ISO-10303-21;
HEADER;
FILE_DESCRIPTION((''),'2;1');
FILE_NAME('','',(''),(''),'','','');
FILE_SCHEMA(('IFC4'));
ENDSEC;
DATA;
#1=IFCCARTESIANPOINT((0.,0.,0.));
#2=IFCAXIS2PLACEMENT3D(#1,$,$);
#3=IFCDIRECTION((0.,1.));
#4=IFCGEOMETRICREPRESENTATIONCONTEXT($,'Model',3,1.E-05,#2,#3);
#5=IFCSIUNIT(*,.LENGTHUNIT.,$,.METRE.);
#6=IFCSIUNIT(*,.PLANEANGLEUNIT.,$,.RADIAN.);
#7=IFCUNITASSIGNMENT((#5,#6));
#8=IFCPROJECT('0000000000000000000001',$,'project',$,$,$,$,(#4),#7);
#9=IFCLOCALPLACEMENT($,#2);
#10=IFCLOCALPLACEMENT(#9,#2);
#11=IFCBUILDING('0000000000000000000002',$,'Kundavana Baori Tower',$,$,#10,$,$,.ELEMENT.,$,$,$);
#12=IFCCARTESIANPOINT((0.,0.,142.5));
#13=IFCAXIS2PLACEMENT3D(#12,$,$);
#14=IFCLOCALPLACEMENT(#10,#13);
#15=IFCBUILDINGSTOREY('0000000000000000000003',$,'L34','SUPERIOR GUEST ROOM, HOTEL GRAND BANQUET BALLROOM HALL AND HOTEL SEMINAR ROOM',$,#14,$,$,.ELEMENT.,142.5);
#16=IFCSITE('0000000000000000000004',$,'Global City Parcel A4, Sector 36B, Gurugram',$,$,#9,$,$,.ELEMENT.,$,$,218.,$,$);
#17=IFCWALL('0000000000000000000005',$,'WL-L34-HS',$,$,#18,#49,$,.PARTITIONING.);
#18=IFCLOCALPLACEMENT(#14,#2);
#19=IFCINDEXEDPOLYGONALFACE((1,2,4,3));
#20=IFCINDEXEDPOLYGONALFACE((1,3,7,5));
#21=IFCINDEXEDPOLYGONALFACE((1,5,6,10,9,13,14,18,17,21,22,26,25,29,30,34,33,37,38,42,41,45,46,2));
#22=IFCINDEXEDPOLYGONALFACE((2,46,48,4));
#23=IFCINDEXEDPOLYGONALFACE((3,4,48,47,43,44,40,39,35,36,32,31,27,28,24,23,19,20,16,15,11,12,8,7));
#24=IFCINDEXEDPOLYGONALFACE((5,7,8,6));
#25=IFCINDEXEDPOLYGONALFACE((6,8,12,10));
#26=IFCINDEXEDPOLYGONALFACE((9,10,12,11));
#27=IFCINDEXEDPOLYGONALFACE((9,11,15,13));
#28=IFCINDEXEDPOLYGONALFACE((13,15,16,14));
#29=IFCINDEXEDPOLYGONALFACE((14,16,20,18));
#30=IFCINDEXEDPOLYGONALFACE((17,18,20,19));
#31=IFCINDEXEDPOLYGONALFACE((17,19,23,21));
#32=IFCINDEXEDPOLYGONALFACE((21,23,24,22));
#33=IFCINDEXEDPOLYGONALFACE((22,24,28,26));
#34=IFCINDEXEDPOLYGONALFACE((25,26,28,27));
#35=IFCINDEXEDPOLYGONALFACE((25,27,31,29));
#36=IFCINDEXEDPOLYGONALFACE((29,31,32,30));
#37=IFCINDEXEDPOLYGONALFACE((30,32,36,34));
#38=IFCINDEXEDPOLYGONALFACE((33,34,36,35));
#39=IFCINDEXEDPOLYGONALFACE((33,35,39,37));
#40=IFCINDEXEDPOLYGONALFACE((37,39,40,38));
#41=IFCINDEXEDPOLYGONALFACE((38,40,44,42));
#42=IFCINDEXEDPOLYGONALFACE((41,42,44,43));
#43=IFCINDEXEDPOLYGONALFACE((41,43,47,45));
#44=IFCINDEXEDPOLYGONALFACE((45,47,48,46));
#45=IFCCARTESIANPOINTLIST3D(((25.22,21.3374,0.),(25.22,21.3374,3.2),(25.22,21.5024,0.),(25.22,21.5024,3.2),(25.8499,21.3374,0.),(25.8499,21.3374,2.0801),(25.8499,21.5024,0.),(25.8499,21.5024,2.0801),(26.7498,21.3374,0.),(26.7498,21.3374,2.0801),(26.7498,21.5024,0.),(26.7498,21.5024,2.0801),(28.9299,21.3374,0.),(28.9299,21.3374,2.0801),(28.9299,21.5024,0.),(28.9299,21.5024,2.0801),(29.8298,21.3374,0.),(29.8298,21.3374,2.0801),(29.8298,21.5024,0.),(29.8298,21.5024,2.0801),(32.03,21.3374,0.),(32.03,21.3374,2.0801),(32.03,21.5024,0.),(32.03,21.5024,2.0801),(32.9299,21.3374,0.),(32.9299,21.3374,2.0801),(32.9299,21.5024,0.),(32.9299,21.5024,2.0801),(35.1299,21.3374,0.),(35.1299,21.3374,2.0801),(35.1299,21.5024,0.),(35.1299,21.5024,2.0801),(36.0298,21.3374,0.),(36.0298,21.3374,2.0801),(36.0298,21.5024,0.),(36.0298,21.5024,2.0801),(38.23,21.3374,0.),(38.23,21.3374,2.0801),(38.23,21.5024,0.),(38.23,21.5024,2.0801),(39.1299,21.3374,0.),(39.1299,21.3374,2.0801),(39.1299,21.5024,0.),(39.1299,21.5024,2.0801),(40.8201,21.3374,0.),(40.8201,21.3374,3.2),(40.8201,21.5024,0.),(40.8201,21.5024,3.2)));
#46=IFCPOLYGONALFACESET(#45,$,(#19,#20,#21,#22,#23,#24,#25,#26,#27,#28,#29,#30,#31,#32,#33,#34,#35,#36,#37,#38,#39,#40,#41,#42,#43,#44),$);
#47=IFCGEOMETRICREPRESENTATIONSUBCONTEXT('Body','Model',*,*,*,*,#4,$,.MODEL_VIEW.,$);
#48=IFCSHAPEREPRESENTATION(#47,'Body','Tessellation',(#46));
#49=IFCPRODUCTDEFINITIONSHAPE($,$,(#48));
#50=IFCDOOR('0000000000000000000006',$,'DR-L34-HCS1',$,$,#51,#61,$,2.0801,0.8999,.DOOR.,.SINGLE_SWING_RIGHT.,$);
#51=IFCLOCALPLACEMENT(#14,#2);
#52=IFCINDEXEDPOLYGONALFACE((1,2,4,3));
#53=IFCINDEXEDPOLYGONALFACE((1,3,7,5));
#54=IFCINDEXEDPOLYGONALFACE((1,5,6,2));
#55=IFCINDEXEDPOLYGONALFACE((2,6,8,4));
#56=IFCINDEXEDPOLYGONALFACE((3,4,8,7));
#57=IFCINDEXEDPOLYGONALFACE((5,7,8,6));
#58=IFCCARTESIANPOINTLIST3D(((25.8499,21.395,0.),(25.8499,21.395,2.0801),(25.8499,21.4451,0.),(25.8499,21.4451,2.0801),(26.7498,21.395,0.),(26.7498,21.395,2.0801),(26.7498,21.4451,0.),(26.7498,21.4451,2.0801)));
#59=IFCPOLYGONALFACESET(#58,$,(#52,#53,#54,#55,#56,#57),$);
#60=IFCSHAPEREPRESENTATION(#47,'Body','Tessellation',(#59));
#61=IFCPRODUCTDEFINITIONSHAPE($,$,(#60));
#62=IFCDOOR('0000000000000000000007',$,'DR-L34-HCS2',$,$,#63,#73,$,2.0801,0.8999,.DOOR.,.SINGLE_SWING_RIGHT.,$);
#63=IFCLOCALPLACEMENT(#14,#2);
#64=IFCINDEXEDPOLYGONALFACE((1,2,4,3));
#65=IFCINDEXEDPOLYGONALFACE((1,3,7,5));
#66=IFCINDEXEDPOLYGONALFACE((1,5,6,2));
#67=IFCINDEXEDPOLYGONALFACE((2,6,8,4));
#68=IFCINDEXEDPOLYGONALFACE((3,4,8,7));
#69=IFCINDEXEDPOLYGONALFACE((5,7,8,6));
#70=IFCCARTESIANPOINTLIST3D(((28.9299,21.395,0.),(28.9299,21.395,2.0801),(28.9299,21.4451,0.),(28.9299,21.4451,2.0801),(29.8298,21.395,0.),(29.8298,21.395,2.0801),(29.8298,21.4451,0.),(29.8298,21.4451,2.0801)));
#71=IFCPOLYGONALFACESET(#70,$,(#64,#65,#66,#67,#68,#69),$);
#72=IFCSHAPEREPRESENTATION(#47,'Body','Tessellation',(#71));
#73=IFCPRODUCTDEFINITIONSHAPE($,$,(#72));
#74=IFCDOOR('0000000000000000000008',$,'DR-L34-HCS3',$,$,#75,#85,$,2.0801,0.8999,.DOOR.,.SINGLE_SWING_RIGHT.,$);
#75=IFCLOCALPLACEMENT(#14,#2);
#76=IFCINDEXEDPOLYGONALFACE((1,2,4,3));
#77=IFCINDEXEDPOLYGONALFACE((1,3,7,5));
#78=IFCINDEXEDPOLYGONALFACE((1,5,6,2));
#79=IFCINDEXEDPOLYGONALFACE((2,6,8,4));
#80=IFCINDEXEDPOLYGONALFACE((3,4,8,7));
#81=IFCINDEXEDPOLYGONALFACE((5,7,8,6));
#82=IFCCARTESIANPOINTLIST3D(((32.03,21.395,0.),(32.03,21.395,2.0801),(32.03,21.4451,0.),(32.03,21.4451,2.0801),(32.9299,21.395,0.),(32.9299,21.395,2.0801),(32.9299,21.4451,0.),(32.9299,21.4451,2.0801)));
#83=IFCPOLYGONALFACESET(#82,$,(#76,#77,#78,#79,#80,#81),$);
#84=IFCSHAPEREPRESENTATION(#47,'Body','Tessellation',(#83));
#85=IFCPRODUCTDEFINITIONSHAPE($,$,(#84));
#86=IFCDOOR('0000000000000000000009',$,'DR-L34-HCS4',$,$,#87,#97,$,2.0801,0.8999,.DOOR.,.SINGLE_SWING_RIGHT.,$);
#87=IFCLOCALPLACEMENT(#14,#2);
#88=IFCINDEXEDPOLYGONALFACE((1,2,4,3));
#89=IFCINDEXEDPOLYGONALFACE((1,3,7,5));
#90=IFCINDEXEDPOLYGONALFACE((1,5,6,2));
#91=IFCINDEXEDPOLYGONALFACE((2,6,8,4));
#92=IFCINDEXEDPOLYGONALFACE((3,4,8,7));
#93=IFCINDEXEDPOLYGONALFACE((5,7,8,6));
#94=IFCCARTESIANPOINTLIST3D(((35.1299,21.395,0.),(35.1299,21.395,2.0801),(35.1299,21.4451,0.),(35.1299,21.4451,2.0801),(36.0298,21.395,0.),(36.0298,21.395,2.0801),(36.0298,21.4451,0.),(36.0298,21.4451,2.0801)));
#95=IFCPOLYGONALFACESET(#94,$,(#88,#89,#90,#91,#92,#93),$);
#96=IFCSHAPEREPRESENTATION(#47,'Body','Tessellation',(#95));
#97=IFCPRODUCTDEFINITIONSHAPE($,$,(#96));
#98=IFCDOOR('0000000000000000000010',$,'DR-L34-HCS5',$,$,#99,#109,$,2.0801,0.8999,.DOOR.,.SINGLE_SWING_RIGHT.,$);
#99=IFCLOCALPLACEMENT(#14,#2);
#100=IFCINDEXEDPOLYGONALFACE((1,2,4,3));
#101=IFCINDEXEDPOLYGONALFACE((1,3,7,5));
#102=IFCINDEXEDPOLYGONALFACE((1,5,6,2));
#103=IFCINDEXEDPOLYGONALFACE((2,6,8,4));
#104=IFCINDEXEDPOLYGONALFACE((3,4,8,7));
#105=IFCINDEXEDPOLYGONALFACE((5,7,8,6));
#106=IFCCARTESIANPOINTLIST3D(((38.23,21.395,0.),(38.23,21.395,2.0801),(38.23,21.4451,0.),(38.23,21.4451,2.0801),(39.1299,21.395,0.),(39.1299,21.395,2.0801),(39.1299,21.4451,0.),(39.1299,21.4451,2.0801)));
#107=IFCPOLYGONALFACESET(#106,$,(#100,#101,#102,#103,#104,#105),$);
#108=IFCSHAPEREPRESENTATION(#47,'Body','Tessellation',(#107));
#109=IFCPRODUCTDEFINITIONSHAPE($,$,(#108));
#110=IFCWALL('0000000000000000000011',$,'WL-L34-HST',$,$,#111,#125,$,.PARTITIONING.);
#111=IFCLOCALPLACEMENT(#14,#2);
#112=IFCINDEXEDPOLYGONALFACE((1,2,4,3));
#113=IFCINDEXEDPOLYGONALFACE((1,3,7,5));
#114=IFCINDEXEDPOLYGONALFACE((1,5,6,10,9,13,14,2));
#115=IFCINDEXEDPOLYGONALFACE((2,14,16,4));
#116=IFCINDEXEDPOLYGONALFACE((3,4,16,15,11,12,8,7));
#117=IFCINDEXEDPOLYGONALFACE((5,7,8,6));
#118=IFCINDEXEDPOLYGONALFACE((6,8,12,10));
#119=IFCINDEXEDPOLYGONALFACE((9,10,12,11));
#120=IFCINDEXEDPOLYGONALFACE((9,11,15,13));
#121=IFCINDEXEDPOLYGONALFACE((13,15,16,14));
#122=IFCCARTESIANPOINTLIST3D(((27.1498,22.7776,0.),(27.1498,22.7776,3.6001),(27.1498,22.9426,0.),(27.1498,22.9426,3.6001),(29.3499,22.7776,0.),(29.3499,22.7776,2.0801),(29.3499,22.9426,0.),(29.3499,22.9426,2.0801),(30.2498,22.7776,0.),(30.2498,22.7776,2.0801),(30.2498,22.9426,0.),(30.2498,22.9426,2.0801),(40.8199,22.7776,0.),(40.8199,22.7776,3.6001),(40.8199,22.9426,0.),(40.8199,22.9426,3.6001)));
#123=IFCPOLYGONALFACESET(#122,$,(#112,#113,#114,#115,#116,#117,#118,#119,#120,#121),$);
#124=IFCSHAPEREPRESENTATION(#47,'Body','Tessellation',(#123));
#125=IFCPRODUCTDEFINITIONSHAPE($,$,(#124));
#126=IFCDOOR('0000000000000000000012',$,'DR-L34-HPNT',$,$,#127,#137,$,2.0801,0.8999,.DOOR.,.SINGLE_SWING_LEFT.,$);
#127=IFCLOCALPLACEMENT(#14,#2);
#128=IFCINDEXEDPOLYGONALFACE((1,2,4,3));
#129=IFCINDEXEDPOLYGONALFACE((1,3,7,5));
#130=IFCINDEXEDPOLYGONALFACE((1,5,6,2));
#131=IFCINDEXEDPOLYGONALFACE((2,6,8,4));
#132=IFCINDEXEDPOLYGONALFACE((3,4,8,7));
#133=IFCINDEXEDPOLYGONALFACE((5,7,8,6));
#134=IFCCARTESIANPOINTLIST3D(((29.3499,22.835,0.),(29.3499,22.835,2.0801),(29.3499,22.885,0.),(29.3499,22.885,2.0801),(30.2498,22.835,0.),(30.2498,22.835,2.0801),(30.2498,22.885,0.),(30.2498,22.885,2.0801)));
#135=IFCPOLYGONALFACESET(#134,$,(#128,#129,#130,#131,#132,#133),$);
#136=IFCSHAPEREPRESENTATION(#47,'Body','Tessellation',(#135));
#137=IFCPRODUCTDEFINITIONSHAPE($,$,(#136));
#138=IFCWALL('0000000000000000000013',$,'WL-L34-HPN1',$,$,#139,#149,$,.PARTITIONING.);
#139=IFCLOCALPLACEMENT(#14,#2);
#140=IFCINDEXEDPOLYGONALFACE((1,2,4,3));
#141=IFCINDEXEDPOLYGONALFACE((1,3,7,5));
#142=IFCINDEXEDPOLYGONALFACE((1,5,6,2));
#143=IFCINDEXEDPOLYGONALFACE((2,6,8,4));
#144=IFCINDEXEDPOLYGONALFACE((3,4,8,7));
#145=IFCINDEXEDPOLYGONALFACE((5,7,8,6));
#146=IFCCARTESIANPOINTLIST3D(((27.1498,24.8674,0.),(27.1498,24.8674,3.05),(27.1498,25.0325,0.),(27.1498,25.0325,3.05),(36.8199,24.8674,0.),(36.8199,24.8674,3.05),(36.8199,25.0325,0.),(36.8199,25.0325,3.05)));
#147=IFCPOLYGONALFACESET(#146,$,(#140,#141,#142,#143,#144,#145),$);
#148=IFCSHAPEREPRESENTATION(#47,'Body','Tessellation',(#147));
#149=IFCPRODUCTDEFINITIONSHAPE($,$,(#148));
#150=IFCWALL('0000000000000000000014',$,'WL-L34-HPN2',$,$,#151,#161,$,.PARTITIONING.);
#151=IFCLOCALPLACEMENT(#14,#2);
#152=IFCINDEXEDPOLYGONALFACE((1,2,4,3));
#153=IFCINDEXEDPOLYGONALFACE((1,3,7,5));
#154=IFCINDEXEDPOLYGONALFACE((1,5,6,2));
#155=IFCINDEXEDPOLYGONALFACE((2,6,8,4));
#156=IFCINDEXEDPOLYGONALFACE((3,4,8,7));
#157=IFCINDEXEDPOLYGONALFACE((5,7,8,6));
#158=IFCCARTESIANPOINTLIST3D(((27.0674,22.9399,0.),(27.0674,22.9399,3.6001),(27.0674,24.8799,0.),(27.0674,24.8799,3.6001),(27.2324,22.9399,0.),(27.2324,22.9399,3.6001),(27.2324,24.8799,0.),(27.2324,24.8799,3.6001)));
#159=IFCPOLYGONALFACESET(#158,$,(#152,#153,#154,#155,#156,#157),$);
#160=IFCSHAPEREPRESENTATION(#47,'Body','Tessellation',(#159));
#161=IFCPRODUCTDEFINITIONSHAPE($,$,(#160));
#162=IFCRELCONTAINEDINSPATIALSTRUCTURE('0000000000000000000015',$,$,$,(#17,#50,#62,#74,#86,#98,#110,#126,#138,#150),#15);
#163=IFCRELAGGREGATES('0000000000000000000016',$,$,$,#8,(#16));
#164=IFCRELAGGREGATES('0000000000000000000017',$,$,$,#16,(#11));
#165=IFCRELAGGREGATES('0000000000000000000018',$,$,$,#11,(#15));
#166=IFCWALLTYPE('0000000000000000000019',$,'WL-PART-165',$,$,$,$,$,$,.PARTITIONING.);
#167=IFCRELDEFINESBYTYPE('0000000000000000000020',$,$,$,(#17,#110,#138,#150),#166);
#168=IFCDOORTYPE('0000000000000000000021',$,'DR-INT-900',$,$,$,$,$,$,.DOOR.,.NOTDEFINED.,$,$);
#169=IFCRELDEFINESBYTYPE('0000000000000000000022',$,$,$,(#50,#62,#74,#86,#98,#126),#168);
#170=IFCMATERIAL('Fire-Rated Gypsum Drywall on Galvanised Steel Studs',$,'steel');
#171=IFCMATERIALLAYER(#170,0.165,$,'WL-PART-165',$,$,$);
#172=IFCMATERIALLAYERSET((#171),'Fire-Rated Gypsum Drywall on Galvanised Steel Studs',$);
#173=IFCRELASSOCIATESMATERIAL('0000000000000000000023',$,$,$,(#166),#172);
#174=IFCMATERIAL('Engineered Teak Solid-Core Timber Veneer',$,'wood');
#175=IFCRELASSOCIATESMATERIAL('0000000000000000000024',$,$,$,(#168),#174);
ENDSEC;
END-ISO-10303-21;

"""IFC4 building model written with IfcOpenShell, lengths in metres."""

from ifc_helpers import new_model, si_unit, direction, frame, frame_2d, origin, place, context, subcontext, project, spatial, rectangle, extrude, material, layer, layer_set, type_object, element, fill, save


model = new_model("IFC4")

# Units and contexts
model_context = context("Model", 3, precision=1e-05, world=origin(), true_north=direction((0.0, 1.0)))
body_context = subcontext(model_context, "Body", "Model", "MODEL_VIEW")
ifc_project = project(units=[si_unit("LENGTHUNIT", "METRE"), si_unit("PLANEANGLEUNIT", "RADIAN")], contexts=[model_context])

# Site, building, storey
site_placement = place(None, origin())
site = spatial("IfcSite", under=ifc_project, at=site_placement, Name="Global City Parcel A4, Sector 36B, Gurugram", CompositionType="ELEMENT", RefElevation=218.0)
building_placement = place(site_placement, origin())
building = spatial("IfcBuilding", under=site, at=building_placement, Name="Kundavana Baori Tower", CompositionType="ELEMENT")
storey_placement = place(building_placement, frame((0.0, 0.0, 142.5)))
storey = spatial("IfcBuildingStorey", under=building, at=storey_placement, Name="L34", Description="SUPERIOR GUEST ROOM, HOTEL GRAND BANQUET BALLROOM HALL AND HOTEL SEMINAR ROOM", CompositionType="ELEMENT", Elevation=142.5)

# Wall, openings, doors
ifc_material_1 = material(Name="Fire-Rated Gypsum Drywall on Galvanised Steel Studs", Category="steel")
ifc_layer = layer(ifc_material_1, 0.165, Name="WL-PART-165")
ifc_layer_set = layer_set([ifc_layer], Name="Fire-Rated Gypsum Drywall on Galvanised Steel Studs")
wall_type = type_object("IfcWallType", Name="WL-PART-165", PredefinedType="PARTITIONING", material=ifc_layer_set)
wall_1_placement = place(storey_placement, frame((25.22, 21.4199, 0.0), z_axis=(0.0, 0.0, 1.0), x_axis=(1.0, 0.0, 0.0)))
wall_1 = element("IfcWall", 1, at=wall_1_placement, inside=storey, type_object=wall_type, Name="WL-L34-HS", PredefinedType="PARTITIONING", context=body_context, shape_type="SweptSolid", body=[
    extrude(rectangle(XDim=15.6001, YDim=0.165, at=frame_2d((7.8, 0.0))), origin(), (0.0, 0.0, 1.0), 3.2),
])
opening_1_placement = place(wall_1_placement, frame((0.6299, 0.0, 0.0)))
opening_1 = element("IfcOpeningElement", 2, at=opening_1_placement, cuts=wall_1, PredefinedType="OPENING", context=body_context, shape_type="SweptSolid", body=[
    extrude(rectangle(XDim=0.8999, YDim=2.0801, at=frame_2d((0.45, 1.04))), frame((0.0, 0.0925, 0.0), z_axis=(0.0, -1.0, 0.0), x_axis=(1.0, 0.0, 0.0)), (0.0, 0.0, 1.0), 0.1851),
])
opening_2_placement = place(wall_1_placement, frame((3.71, 0.0, 0.0)))
opening_2 = element("IfcOpeningElement", 3, at=opening_2_placement, cuts=wall_1, PredefinedType="OPENING", context=body_context, shape_type="SweptSolid", body=[
    extrude(rectangle(XDim=0.8999, YDim=2.0801, at=frame_2d((0.45, 1.04))), frame((0.0, 0.0925, 0.0), z_axis=(0.0, -1.0, 0.0), x_axis=(1.0, 0.0, 0.0)), (0.0, 0.0, 1.0), 0.1851),
])
opening_3_placement = place(wall_1_placement, frame((6.8101, 0.0, 0.0)))
opening_3 = element("IfcOpeningElement", 4, at=opening_3_placement, cuts=wall_1, PredefinedType="OPENING", context=body_context, shape_type="SweptSolid", body=[
    extrude(rectangle(XDim=0.8999, YDim=2.0801, at=frame_2d((0.45, 1.04))), frame((0.0, 0.0925, 0.0), z_axis=(0.0, -1.0, 0.0), x_axis=(1.0, 0.0, 0.0)), (0.0, 0.0, 1.0), 0.1851),
])
opening_4_placement = place(wall_1_placement, frame((9.9099, 0.0, 0.0)))
opening_4 = element("IfcOpeningElement", 5, at=opening_4_placement, cuts=wall_1, PredefinedType="OPENING", context=body_context, shape_type="SweptSolid", body=[
    extrude(rectangle(XDim=0.8999, YDim=2.0801, at=frame_2d((0.45, 1.04))), frame((0.0, 0.0925, 0.0), z_axis=(0.0, -1.0, 0.0), x_axis=(1.0, 0.0, 0.0)), (0.0, 0.0, 1.0), 0.1851),
])
opening_5_placement = place(wall_1_placement, frame((13.01, 0.0, 0.0)))
opening_5 = element("IfcOpeningElement", 6, at=opening_5_placement, cuts=wall_1, PredefinedType="OPENING", context=body_context, shape_type="SweptSolid", body=[
    extrude(rectangle(XDim=0.8999, YDim=2.0801, at=frame_2d((0.45, 1.04))), frame((0.0, 0.0925, 0.0), z_axis=(0.0, -1.0, 0.0), x_axis=(1.0, 0.0, 0.0)), (0.0, 0.0, 1.0), 0.1851),
])
ifc_material_2 = material(Name="Engineered Teak Solid-Core Timber Veneer", Category="wood")
door_type_1 = type_object("IfcDoorType", Name="DR-INT-900", OperationType="NOTDEFINED", PredefinedType="DOOR", material=ifc_material_2)
door_1_placement = place(opening_1_placement, frame((0.8999, 0.0, 0.0), z_axis=(0.0, 0.0, 1.0), x_axis=(-1.0, 0.0, 0.0)))
door_1 = element("IfcDoor", 7, at=door_1_placement, inside=storey, type_object=door_type_1, Name="DR-L34-HCS1", OperationType="SINGLE_SWING_RIGHT", OverallHeight=2.0801, OverallWidth=0.8999, PredefinedType="DOOR", context=body_context, shape_type="SweptSolid", body=[
    extrude(rectangle(XDim=0.8999, YDim=2.0801, at=frame_2d((0.45, 1.04))), frame((0.0, 0.0249, 0.0), z_axis=(0.0, -1.0, 0.0), x_axis=(1.0, 0.0, 0.0)), (0.0, 0.0, 1.0), 0.05),
])
fill(opening_1, door_1)
door_2_placement = place(opening_2_placement, frame((0.8999, 0.0, 0.0), z_axis=(0.0, 0.0, 1.0), x_axis=(-1.0, 0.0, 0.0)))
door_2 = element("IfcDoor", 8, at=door_2_placement, inside=storey, type_object=door_type_1, Name="DR-L34-HCS2", OperationType="SINGLE_SWING_RIGHT", OverallHeight=2.0801, OverallWidth=0.8999, PredefinedType="DOOR", context=body_context, shape_type="SweptSolid", body=[
    extrude(rectangle(XDim=0.8999, YDim=2.0801, at=frame_2d((0.45, 1.04))), frame((0.0, 0.0249, 0.0), z_axis=(0.0, -1.0, 0.0), x_axis=(1.0, 0.0, 0.0)), (0.0, 0.0, 1.0), 0.05),
])
fill(opening_2, door_2)
door_3_placement = place(opening_3_placement, frame((0.8999, 0.0, 0.0), z_axis=(0.0, 0.0, 1.0), x_axis=(-1.0, 0.0, 0.0)))
door_3 = element("IfcDoor", 9, at=door_3_placement, inside=storey, type_object=door_type_1, Name="DR-L34-HCS3", OperationType="SINGLE_SWING_RIGHT", OverallHeight=2.0801, OverallWidth=0.8999, PredefinedType="DOOR", context=body_context, shape_type="SweptSolid", body=[
    extrude(rectangle(XDim=0.8999, YDim=2.0801, at=frame_2d((0.45, 1.04))), frame((0.0, 0.0249, 0.0), z_axis=(0.0, -1.0, 0.0), x_axis=(1.0, 0.0, 0.0)), (0.0, 0.0, 1.0), 0.05),
])
fill(opening_3, door_3)
door_4_placement = place(opening_4_placement, frame((0.8999, 0.0, 0.0), z_axis=(0.0, 0.0, 1.0), x_axis=(-1.0, 0.0, 0.0)))
door_4 = element("IfcDoor", 10, at=door_4_placement, inside=storey, type_object=door_type_1, Name="DR-L34-HCS4", OperationType="SINGLE_SWING_RIGHT", OverallHeight=2.0801, OverallWidth=0.8999, PredefinedType="DOOR", context=body_context, shape_type="SweptSolid", body=[
    extrude(rectangle(XDim=0.8999, YDim=2.0801, at=frame_2d((0.45, 1.04))), frame((0.0, 0.0249, 0.0), z_axis=(0.0, -1.0, 0.0), x_axis=(1.0, 0.0, 0.0)), (0.0, 0.0, 1.0), 0.05),
])
fill(opening_4, door_4)
door_5_placement = place(opening_5_placement, frame((0.8999, 0.0, 0.0), z_axis=(0.0, 0.0, 1.0), x_axis=(-1.0, 0.0, 0.0)))
door_5 = element("IfcDoor", 11, at=door_5_placement, inside=storey, type_object=door_type_1, Name="DR-L34-HCS5", OperationType="SINGLE_SWING_RIGHT", OverallHeight=2.0801, OverallWidth=0.8999, PredefinedType="DOOR", context=body_context, shape_type="SweptSolid", body=[
    extrude(rectangle(XDim=0.8999, YDim=2.0801, at=frame_2d((0.45, 1.04))), frame((0.0, 0.0249, 0.0), z_axis=(0.0, -1.0, 0.0), x_axis=(1.0, 0.0, 0.0)), (0.0, 0.0, 1.0), 0.05),
])
fill(opening_5, door_5)

# Wall, opening, door
wall_2_placement = place(storey_placement, frame((27.1499, 22.8601, 0.0), z_axis=(0.0, 0.0, 1.0), x_axis=(1.0, 0.0, 0.0)))
wall_2 = element("IfcWall", 12, at=wall_2_placement, inside=storey, type_object=wall_type, Name="WL-L34-HST", PredefinedType="PARTITIONING", context=body_context, shape_type="SweptSolid", body=[
    extrude(rectangle(XDim=13.6702, YDim=0.165, at=frame_2d((6.835, 0.0))), origin(), (0.0, 0.0, 1.0), 3.6001),
])
opening_6_placement = place(wall_2_placement, frame((2.2, 0.0, 0.0)))
opening_6 = element("IfcOpeningElement", 13, at=opening_6_placement, cuts=wall_2, PredefinedType="OPENING", context=body_context, shape_type="SweptSolid", body=[
    extrude(rectangle(XDim=0.8999, YDim=2.0801, at=frame_2d((0.45, 1.04))), frame((0.0, 0.0925, 0.0), z_axis=(0.0, -1.0, 0.0), x_axis=(1.0, 0.0, 0.0)), (0.0, 0.0, 1.0), 0.1851),
])
door_6_placement = place(opening_6_placement, origin())
door_6 = element("IfcDoor", 14, at=door_6_placement, inside=storey, type_object=door_type_1, Name="DR-L34-HPNT", OperationType="SINGLE_SWING_LEFT", OverallHeight=2.0801, OverallWidth=0.8999, PredefinedType="DOOR", context=body_context, shape_type="SweptSolid", body=[
    extrude(rectangle(XDim=0.8999, YDim=2.0801, at=frame_2d((0.45, 1.04))), frame((0.0, 0.0249, 0.0), z_axis=(0.0, -1.0, 0.0), x_axis=(1.0, 0.0, 0.0)), (0.0, 0.0, 1.0), 0.05),
])
fill(opening_6, door_6)

# Walls
wall_3_placement = place(storey_placement, frame((27.1499, 24.95, 0.0), z_axis=(0.0, 0.0, 1.0), x_axis=(1.0, 0.0, 0.0)))
element("IfcWall", 15, at=wall_3_placement, inside=storey, type_object=wall_type, Name="WL-L34-HPN1", PredefinedType="PARTITIONING", context=body_context, shape_type="SweptSolid", body=[
    extrude(rectangle(XDim=9.6702, YDim=0.165, at=frame_2d((4.835, 0.0))), origin(), (0.0, 0.0, 1.0), 3.05),
])
wall_4_placement = place(storey_placement, frame((27.1499, 22.9399, 0.0), z_axis=(0.0, 0.0, 1.0), x_axis=(0.0, 1.0, 0.0)))
element("IfcWall", 16, at=wall_4_placement, inside=storey, type_object=wall_type, Name="WL-L34-HPN2", PredefinedType="PARTITIONING", context=body_context, shape_type="SweptSolid", body=[
    extrude(rectangle(XDim=1.9399, YDim=0.165, at=frame_2d((0.97, 0.0))), origin(), (0.0, 0.0, 1.0), 3.6001),
])

save(model, "model.ifc")
